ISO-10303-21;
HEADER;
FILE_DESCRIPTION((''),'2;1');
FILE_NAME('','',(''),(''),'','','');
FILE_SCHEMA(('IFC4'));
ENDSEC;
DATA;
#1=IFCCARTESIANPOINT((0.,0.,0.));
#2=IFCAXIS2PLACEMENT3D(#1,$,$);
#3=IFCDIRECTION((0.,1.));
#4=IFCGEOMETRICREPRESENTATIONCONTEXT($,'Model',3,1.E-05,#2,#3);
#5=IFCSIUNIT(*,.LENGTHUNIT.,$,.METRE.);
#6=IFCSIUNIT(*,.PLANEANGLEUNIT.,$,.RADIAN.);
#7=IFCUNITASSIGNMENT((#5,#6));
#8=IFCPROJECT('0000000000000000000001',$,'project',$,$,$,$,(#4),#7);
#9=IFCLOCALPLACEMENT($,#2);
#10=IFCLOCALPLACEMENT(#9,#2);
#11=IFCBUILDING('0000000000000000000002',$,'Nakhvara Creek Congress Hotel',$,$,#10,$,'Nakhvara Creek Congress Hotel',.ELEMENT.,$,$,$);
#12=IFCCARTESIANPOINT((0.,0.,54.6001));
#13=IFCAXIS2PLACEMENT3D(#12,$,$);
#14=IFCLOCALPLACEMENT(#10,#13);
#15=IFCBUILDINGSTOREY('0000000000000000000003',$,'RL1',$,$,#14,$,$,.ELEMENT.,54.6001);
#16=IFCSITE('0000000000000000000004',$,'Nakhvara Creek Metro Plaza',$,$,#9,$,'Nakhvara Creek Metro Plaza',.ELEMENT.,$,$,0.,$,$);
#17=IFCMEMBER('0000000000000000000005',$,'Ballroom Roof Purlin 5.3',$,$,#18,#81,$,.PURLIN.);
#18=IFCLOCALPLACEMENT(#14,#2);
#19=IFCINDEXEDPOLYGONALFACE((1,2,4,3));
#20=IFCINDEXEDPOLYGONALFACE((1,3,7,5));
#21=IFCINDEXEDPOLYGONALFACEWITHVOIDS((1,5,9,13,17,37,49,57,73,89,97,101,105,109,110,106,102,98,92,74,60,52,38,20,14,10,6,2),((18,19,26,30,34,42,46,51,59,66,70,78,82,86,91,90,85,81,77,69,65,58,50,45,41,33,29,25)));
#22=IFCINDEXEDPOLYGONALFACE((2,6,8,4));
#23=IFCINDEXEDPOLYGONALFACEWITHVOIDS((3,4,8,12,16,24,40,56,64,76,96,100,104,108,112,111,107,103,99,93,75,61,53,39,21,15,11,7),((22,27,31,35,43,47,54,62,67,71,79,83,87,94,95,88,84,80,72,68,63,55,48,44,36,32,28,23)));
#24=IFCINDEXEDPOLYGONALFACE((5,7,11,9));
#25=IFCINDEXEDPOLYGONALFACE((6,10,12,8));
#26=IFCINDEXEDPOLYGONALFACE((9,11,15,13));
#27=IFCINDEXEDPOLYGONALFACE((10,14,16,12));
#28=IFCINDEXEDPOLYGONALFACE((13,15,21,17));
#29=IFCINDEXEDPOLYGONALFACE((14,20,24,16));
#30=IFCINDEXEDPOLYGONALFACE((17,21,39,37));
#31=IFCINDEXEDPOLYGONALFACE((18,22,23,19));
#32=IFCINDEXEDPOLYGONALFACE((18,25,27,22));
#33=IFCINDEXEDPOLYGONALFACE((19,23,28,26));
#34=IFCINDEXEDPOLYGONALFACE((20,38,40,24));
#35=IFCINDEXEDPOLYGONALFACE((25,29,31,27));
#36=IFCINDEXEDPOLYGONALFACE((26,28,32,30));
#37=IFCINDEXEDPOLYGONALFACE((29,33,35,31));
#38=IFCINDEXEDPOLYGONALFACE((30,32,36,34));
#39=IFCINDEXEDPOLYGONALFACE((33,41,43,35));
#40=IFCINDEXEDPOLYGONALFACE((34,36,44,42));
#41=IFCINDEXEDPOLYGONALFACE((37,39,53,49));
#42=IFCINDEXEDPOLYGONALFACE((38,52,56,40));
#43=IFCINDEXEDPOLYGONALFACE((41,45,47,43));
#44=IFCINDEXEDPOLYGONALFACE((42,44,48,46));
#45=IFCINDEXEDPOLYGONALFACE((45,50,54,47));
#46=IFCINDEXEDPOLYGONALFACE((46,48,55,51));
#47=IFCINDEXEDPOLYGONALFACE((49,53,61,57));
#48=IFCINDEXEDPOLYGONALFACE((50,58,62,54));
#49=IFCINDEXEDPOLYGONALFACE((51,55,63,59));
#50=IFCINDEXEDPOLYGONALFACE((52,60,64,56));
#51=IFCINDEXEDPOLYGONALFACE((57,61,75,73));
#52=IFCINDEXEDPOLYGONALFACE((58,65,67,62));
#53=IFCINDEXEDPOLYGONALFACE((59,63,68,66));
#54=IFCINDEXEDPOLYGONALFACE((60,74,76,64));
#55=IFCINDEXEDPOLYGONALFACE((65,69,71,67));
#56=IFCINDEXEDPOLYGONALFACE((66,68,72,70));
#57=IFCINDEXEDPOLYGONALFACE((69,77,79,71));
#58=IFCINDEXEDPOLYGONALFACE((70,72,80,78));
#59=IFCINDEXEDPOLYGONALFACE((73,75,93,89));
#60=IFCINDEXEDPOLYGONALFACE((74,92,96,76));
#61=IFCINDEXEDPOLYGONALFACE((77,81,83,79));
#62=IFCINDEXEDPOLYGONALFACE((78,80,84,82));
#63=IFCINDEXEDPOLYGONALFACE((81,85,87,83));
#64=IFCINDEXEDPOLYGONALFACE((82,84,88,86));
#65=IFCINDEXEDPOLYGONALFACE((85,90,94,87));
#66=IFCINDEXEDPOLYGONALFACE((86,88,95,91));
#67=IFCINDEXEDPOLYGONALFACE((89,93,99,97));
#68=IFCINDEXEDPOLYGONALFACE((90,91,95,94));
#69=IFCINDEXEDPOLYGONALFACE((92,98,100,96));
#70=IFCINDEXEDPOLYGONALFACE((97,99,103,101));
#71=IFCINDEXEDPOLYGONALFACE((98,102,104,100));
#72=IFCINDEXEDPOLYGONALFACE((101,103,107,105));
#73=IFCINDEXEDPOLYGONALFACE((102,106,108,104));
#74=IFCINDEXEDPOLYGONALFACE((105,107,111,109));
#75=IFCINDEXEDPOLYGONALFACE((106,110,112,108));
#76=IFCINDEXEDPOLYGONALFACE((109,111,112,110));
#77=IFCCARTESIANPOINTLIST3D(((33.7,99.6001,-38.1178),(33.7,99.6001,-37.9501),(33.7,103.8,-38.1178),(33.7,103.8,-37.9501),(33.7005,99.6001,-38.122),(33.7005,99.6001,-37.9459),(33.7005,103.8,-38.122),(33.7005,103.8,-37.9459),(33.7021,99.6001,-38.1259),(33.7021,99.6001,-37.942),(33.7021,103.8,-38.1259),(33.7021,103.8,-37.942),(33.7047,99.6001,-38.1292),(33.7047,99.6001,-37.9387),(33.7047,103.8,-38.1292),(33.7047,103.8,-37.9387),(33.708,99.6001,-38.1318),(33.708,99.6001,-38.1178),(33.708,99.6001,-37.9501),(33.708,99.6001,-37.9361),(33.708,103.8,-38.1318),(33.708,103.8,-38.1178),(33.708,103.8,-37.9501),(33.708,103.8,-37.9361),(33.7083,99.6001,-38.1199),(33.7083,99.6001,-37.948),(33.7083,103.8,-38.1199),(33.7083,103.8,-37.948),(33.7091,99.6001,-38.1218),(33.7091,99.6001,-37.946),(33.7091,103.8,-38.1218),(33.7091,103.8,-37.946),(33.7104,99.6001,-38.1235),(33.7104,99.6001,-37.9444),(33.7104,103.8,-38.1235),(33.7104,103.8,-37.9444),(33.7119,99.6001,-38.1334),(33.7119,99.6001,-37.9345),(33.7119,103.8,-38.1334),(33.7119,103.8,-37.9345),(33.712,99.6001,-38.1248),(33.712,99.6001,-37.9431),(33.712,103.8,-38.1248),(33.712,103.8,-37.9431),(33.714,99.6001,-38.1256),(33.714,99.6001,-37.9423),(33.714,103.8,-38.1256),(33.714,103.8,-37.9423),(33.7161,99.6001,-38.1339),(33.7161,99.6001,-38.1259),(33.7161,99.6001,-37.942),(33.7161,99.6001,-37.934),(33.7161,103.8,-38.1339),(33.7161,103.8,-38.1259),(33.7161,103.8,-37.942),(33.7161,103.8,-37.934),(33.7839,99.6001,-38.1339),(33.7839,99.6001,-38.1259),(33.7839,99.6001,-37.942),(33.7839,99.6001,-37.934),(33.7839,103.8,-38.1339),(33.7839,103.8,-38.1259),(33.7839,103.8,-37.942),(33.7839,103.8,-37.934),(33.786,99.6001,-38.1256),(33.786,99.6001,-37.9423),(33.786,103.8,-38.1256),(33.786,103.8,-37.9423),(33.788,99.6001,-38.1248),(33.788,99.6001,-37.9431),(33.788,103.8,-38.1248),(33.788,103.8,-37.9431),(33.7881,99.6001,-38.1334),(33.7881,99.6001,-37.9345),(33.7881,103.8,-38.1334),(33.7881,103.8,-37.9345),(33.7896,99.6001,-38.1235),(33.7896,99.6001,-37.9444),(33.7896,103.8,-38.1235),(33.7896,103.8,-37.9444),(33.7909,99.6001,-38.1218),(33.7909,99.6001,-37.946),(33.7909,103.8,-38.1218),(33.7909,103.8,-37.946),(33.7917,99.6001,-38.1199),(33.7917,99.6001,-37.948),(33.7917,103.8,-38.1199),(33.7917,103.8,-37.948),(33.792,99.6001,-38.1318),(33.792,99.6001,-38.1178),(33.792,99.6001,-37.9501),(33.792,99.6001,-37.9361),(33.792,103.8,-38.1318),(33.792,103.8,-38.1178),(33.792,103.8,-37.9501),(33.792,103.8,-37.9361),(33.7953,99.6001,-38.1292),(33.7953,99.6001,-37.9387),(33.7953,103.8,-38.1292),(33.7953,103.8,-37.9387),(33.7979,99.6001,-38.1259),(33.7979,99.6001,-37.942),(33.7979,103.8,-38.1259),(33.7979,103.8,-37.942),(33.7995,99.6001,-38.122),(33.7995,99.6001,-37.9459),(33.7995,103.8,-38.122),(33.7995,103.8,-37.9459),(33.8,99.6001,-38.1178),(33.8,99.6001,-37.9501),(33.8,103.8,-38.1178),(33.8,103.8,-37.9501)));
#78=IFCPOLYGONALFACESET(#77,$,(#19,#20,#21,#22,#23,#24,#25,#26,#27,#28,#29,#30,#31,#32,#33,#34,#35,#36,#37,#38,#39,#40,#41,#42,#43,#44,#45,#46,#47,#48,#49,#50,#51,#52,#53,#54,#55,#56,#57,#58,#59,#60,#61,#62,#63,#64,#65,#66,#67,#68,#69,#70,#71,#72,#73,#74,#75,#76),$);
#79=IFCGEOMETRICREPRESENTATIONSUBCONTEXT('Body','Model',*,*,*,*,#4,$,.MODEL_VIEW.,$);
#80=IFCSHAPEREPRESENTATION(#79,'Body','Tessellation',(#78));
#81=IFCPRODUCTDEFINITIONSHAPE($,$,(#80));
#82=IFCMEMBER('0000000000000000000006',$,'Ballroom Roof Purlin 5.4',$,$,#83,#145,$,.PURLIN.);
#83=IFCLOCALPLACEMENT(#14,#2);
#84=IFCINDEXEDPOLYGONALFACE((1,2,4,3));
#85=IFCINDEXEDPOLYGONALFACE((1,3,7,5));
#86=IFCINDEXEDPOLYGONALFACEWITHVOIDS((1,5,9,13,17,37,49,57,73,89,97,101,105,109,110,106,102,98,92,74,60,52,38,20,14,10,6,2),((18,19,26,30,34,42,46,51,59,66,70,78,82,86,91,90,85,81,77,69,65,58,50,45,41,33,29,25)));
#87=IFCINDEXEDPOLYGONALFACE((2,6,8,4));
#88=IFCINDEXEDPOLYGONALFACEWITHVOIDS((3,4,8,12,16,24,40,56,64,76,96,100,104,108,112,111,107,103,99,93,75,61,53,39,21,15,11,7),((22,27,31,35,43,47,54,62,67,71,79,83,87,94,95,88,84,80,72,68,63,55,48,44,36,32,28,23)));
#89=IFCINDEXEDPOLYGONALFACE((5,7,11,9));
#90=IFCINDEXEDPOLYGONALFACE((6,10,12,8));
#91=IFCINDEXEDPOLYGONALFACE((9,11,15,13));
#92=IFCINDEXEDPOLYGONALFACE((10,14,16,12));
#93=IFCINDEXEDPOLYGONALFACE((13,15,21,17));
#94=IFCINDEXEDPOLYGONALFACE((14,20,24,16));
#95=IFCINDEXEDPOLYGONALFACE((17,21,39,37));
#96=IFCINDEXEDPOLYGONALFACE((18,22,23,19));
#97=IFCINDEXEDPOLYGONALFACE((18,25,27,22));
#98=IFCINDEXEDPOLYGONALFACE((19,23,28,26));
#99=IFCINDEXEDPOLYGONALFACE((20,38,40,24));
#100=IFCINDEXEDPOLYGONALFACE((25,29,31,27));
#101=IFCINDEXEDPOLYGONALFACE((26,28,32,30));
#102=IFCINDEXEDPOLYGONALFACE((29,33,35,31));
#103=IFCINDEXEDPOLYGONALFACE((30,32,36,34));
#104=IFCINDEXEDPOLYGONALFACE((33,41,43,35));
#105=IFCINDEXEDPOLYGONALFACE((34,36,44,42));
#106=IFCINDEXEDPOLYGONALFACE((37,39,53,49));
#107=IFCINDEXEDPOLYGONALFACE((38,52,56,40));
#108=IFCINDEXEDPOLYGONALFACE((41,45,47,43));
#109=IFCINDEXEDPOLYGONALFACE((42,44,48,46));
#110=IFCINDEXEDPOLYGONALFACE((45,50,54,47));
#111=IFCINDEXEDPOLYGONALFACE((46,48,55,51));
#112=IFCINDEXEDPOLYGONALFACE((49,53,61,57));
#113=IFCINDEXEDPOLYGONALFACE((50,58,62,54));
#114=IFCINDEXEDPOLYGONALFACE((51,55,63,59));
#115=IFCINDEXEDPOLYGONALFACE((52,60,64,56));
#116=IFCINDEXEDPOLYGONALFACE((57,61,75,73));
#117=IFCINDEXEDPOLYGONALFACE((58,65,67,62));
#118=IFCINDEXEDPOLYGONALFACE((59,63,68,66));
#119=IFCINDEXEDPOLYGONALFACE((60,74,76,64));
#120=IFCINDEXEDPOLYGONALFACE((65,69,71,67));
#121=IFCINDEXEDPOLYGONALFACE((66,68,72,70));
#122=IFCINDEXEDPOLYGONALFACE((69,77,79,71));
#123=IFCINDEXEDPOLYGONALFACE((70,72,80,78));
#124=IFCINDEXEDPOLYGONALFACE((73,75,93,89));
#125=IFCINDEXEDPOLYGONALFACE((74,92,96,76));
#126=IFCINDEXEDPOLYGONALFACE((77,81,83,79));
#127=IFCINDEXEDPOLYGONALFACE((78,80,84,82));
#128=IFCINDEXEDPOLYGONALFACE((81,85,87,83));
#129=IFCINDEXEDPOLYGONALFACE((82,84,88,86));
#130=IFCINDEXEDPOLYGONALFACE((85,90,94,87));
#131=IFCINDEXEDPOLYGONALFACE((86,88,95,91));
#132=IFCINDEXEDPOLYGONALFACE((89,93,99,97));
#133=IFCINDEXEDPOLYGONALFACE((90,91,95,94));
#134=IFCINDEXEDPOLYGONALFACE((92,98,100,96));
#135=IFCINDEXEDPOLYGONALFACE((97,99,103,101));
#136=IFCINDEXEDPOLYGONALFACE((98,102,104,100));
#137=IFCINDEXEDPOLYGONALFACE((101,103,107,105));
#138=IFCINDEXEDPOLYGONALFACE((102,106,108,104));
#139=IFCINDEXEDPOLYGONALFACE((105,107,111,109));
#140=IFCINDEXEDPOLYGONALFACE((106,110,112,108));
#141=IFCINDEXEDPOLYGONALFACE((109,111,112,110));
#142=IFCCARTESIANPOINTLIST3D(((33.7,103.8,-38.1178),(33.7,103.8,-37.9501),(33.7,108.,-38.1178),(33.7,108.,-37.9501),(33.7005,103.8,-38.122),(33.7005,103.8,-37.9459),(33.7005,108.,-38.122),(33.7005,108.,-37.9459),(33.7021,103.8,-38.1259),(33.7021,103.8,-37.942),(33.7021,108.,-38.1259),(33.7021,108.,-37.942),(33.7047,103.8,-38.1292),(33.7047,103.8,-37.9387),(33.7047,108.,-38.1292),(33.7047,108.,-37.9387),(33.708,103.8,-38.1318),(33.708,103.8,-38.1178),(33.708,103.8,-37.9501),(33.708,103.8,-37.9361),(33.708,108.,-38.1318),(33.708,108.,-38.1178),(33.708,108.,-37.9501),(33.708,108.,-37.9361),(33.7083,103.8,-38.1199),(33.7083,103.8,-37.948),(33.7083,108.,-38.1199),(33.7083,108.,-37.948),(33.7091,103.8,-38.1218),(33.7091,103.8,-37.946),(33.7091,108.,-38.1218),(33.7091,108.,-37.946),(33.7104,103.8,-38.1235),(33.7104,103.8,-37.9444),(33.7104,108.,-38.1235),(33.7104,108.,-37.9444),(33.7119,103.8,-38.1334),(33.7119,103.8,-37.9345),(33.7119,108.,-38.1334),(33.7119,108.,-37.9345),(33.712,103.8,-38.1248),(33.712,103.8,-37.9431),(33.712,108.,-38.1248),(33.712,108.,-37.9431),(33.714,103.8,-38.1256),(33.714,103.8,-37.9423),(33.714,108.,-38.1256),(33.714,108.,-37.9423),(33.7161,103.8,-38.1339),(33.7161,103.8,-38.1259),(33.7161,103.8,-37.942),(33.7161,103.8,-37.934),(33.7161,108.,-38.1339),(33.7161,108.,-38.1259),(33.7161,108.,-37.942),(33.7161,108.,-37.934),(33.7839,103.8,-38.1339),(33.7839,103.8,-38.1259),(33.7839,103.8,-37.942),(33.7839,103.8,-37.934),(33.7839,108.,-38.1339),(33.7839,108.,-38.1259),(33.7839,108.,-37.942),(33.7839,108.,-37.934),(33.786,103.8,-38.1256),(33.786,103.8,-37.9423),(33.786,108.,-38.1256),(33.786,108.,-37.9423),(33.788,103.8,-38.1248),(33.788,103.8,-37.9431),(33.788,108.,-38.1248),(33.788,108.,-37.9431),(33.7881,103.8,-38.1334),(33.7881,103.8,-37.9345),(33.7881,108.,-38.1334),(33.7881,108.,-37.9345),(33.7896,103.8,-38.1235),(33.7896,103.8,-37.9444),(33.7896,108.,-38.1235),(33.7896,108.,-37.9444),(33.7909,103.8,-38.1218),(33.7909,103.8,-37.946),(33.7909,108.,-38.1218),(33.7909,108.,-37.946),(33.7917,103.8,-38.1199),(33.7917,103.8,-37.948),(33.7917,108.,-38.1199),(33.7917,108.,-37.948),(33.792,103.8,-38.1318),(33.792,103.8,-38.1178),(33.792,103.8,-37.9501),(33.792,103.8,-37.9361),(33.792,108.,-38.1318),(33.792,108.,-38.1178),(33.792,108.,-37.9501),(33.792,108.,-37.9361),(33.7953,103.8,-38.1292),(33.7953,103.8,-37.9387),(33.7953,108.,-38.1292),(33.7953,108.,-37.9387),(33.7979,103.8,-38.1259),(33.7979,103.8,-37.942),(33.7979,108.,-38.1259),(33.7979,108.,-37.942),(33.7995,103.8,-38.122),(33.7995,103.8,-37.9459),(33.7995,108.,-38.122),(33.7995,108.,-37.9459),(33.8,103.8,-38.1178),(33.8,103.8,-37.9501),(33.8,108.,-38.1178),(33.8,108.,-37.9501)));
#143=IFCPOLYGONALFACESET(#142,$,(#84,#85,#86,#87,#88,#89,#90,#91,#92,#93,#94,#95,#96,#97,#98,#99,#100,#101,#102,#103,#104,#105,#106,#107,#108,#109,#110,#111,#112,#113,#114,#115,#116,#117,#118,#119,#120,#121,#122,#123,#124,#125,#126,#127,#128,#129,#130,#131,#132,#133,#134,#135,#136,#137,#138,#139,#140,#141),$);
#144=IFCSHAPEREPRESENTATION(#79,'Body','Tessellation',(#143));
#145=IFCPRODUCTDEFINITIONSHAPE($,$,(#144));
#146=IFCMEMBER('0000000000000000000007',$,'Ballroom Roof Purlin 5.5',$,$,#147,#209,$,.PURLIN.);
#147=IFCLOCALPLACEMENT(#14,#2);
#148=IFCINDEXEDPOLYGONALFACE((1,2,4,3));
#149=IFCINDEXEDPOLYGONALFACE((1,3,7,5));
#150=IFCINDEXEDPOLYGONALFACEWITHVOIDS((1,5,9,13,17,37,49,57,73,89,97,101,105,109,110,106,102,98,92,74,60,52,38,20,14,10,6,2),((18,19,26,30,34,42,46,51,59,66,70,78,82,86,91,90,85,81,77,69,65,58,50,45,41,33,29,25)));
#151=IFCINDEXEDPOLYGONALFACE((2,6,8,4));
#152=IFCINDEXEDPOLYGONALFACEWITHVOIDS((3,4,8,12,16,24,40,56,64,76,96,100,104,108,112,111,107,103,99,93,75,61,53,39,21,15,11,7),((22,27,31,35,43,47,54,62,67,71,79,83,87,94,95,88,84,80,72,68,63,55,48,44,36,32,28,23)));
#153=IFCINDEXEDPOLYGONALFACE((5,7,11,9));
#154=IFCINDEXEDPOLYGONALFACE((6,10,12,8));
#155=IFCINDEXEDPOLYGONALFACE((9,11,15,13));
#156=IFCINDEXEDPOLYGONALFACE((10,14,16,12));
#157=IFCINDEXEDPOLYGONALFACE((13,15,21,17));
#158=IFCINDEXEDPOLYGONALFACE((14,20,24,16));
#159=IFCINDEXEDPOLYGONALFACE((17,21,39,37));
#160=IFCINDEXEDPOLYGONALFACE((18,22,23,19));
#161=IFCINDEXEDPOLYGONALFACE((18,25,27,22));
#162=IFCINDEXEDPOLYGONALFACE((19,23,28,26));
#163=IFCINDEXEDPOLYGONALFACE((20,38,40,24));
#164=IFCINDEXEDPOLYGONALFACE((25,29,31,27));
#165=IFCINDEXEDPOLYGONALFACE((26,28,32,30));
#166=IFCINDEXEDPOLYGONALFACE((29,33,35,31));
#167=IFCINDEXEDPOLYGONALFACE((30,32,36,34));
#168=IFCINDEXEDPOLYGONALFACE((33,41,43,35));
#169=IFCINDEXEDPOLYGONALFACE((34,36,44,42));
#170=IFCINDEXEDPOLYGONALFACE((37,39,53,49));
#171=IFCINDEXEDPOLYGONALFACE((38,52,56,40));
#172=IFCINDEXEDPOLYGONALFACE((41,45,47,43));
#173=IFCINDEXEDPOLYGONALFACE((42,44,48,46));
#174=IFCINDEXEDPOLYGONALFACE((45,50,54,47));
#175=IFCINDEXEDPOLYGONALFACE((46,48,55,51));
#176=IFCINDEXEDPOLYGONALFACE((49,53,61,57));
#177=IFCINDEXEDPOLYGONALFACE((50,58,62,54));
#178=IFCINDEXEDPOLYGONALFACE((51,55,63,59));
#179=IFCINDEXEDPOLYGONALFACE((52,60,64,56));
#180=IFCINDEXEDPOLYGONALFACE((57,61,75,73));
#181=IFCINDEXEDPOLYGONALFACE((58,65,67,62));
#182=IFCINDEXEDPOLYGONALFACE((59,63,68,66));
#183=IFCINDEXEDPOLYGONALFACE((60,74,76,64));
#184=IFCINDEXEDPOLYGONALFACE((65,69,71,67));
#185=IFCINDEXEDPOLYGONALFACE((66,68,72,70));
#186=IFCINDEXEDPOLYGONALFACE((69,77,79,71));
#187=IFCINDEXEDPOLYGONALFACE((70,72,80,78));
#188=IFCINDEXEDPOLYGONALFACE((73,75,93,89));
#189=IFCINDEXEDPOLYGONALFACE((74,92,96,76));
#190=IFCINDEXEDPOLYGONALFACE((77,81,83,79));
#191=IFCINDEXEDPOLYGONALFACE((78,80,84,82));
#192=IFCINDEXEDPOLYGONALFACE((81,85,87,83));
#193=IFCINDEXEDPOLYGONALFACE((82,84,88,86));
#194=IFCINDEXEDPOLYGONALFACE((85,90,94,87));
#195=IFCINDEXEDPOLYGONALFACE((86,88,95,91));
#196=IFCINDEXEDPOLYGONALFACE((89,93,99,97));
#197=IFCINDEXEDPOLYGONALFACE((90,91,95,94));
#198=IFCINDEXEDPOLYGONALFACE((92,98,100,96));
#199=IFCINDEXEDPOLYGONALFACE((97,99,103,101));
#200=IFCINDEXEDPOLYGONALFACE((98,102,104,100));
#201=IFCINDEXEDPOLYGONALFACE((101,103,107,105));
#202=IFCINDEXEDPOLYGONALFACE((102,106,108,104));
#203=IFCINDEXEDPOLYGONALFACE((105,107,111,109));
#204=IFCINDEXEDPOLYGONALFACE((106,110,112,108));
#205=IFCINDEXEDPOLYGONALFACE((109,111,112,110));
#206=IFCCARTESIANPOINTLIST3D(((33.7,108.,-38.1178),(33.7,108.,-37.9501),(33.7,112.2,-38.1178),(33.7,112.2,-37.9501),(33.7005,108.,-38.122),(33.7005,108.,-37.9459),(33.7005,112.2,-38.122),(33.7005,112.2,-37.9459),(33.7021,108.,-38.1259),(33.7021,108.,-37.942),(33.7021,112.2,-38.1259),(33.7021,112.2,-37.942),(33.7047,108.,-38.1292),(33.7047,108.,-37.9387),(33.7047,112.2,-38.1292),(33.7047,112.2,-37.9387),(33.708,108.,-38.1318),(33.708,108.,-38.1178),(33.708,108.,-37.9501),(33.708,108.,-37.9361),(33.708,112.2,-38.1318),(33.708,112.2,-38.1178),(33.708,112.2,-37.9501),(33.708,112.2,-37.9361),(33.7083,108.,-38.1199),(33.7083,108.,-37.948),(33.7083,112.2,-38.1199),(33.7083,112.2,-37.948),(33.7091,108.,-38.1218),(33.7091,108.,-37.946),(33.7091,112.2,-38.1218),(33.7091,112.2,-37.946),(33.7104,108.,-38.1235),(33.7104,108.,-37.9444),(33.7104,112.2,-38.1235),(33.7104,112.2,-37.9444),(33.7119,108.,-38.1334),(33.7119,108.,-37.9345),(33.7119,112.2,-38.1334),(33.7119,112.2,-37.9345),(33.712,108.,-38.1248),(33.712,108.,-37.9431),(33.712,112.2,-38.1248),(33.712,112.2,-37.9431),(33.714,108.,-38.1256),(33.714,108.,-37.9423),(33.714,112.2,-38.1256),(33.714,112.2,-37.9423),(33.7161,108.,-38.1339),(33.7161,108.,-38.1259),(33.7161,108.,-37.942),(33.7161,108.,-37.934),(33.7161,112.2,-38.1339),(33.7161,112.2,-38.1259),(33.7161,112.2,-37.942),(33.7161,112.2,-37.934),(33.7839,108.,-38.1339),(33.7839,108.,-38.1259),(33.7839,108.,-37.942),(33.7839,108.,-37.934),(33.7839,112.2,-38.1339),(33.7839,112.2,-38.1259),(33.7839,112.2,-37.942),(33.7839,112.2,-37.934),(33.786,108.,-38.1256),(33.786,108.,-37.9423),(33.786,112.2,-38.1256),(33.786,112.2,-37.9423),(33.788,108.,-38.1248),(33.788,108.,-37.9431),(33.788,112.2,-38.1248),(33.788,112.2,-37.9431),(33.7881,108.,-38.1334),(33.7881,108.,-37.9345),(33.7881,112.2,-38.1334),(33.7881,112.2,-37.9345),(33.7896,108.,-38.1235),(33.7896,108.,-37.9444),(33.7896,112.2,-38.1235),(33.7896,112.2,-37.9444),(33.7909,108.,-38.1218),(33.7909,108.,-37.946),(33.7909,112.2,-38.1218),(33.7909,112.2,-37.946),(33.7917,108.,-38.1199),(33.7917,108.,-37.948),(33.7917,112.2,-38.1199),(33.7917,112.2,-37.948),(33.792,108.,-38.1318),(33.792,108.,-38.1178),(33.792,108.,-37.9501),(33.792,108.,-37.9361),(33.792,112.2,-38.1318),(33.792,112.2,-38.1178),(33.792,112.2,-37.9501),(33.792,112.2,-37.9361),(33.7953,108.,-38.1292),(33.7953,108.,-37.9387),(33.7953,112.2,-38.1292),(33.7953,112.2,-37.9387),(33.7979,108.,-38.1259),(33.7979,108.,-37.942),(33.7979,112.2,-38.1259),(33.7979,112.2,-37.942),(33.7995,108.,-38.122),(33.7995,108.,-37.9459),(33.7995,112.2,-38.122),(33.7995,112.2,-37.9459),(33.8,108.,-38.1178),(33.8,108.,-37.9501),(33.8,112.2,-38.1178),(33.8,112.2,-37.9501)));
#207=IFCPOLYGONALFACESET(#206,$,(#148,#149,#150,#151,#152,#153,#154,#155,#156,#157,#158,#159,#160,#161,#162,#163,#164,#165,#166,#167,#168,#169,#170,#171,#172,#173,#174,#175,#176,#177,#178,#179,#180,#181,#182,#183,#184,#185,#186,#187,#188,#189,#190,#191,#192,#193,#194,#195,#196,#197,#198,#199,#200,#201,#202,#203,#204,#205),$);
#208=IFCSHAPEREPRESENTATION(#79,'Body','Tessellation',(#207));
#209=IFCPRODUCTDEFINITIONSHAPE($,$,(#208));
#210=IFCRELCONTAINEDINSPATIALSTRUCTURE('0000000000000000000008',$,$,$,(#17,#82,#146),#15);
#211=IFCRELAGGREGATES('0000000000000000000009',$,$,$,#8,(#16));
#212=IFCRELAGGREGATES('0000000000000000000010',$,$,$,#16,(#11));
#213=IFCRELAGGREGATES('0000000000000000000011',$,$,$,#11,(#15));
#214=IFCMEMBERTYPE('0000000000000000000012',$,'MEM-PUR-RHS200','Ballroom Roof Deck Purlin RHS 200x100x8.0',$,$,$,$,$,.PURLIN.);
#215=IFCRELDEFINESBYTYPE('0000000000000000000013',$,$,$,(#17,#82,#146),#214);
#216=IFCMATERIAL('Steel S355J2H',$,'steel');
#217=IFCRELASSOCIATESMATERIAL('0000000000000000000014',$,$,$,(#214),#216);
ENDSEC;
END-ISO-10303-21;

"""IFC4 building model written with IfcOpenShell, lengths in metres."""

from ifc_helpers import new_model, si_unit, direction, frame, origin, origin_2d, place, context, subcontext, project, spatial, hollow_rectangle, extrude, material, material_profile, profile_set, type_object, element, save


model = new_model("IFC4")

# Units and contexts
model_context = context("Model", 3, precision=1e-05, world=origin(), true_north=direction((0.0, 1.0)))
body_context = subcontext(model_context, "Body", "Model", "MODEL_VIEW")
ifc_project = project(units=[si_unit("LENGTHUNIT", "METRE"), si_unit("PLANEANGLEUNIT", "RADIAN")], contexts=[model_context])

# Site, building, storey
site_placement = place(None, origin())
site = spatial("IfcSite", under=ifc_project, at=site_placement, Name="Nakhvara Creek Metro Plaza", LongName="Nakhvara Creek Metro Plaza", CompositionType="ELEMENT", RefElevation=0.0)
building_placement = place(site_placement, origin())
building = spatial("IfcBuilding", under=site, at=building_placement, Name="Nakhvara Creek Congress Hotel", LongName="Nakhvara Creek Congress Hotel", CompositionType="ELEMENT")
storey_placement = place(building_placement, frame((0.0, 0.0, 54.6001)))
storey = spatial("IfcBuildingStorey", under=building, at=storey_placement, Name="RL1", CompositionType="ELEMENT", Elevation=54.6001)

# Members
ifc_material_1 = material(Name="Steel S355J2H", Category="steel")
ifc_material_profile_1 = material_profile(ifc_material_1, hollow_rectangle(XDim=0.1001, YDim=0.2, WallThickness=0.0081, InnerFilletRadius=0.0081, OuterFilletRadius=0.0161, at=origin_2d()), Name="RHS 200x100x8.0", Category="LoadBearing")
ifc_profile_set_1 = profile_set([ifc_material_profile_1], Name="Steel S355J2H")
member_type_1 = type_object("IfcMemberType", Name="MEM-PUR-RHS200", Description="Ballroom Roof Deck Purlin RHS 200x100x8.0", PredefinedType="PURLIN", material=ifc_profile_set_1)
for number, where, z_axis, x_axis, name in (
    (1, (33.75, 99.6001, -38.0339), (0.0, 1.0, 0.0), (-1.0, 0.0, 0.0), "Ballroom Roof Purlin 5.3"),
    (2, (33.75, 103.8, -38.0339), (0.0, 1.0, 0.0), (-1.0, 0.0, 0.0), "Ballroom Roof Purlin 5.4"),
    (3, (33.75, 108.0, -38.0339), (0.0, 1.0, 0.0), (-1.0, 0.0, 0.0), "Ballroom Roof Purlin 5.5"),
):
    element("IfcMember", number, at=place(storey_placement, frame(where, z_axis=z_axis, x_axis=x_axis)), inside=storey, type_object=member_type_1, Name=name, PredefinedType="PURLIN", context=body_context, shape_type="SweptSolid", body=[
        extrude(hollow_rectangle(XDim=0.1001, YDim=0.2, WallThickness=0.0081, InnerFilletRadius=0.0081, OuterFilletRadius=0.0161, at=origin_2d()), origin(), (0.0, 0.0, 1.0), 4.2),
    ])

save(model, "model.ifc")
